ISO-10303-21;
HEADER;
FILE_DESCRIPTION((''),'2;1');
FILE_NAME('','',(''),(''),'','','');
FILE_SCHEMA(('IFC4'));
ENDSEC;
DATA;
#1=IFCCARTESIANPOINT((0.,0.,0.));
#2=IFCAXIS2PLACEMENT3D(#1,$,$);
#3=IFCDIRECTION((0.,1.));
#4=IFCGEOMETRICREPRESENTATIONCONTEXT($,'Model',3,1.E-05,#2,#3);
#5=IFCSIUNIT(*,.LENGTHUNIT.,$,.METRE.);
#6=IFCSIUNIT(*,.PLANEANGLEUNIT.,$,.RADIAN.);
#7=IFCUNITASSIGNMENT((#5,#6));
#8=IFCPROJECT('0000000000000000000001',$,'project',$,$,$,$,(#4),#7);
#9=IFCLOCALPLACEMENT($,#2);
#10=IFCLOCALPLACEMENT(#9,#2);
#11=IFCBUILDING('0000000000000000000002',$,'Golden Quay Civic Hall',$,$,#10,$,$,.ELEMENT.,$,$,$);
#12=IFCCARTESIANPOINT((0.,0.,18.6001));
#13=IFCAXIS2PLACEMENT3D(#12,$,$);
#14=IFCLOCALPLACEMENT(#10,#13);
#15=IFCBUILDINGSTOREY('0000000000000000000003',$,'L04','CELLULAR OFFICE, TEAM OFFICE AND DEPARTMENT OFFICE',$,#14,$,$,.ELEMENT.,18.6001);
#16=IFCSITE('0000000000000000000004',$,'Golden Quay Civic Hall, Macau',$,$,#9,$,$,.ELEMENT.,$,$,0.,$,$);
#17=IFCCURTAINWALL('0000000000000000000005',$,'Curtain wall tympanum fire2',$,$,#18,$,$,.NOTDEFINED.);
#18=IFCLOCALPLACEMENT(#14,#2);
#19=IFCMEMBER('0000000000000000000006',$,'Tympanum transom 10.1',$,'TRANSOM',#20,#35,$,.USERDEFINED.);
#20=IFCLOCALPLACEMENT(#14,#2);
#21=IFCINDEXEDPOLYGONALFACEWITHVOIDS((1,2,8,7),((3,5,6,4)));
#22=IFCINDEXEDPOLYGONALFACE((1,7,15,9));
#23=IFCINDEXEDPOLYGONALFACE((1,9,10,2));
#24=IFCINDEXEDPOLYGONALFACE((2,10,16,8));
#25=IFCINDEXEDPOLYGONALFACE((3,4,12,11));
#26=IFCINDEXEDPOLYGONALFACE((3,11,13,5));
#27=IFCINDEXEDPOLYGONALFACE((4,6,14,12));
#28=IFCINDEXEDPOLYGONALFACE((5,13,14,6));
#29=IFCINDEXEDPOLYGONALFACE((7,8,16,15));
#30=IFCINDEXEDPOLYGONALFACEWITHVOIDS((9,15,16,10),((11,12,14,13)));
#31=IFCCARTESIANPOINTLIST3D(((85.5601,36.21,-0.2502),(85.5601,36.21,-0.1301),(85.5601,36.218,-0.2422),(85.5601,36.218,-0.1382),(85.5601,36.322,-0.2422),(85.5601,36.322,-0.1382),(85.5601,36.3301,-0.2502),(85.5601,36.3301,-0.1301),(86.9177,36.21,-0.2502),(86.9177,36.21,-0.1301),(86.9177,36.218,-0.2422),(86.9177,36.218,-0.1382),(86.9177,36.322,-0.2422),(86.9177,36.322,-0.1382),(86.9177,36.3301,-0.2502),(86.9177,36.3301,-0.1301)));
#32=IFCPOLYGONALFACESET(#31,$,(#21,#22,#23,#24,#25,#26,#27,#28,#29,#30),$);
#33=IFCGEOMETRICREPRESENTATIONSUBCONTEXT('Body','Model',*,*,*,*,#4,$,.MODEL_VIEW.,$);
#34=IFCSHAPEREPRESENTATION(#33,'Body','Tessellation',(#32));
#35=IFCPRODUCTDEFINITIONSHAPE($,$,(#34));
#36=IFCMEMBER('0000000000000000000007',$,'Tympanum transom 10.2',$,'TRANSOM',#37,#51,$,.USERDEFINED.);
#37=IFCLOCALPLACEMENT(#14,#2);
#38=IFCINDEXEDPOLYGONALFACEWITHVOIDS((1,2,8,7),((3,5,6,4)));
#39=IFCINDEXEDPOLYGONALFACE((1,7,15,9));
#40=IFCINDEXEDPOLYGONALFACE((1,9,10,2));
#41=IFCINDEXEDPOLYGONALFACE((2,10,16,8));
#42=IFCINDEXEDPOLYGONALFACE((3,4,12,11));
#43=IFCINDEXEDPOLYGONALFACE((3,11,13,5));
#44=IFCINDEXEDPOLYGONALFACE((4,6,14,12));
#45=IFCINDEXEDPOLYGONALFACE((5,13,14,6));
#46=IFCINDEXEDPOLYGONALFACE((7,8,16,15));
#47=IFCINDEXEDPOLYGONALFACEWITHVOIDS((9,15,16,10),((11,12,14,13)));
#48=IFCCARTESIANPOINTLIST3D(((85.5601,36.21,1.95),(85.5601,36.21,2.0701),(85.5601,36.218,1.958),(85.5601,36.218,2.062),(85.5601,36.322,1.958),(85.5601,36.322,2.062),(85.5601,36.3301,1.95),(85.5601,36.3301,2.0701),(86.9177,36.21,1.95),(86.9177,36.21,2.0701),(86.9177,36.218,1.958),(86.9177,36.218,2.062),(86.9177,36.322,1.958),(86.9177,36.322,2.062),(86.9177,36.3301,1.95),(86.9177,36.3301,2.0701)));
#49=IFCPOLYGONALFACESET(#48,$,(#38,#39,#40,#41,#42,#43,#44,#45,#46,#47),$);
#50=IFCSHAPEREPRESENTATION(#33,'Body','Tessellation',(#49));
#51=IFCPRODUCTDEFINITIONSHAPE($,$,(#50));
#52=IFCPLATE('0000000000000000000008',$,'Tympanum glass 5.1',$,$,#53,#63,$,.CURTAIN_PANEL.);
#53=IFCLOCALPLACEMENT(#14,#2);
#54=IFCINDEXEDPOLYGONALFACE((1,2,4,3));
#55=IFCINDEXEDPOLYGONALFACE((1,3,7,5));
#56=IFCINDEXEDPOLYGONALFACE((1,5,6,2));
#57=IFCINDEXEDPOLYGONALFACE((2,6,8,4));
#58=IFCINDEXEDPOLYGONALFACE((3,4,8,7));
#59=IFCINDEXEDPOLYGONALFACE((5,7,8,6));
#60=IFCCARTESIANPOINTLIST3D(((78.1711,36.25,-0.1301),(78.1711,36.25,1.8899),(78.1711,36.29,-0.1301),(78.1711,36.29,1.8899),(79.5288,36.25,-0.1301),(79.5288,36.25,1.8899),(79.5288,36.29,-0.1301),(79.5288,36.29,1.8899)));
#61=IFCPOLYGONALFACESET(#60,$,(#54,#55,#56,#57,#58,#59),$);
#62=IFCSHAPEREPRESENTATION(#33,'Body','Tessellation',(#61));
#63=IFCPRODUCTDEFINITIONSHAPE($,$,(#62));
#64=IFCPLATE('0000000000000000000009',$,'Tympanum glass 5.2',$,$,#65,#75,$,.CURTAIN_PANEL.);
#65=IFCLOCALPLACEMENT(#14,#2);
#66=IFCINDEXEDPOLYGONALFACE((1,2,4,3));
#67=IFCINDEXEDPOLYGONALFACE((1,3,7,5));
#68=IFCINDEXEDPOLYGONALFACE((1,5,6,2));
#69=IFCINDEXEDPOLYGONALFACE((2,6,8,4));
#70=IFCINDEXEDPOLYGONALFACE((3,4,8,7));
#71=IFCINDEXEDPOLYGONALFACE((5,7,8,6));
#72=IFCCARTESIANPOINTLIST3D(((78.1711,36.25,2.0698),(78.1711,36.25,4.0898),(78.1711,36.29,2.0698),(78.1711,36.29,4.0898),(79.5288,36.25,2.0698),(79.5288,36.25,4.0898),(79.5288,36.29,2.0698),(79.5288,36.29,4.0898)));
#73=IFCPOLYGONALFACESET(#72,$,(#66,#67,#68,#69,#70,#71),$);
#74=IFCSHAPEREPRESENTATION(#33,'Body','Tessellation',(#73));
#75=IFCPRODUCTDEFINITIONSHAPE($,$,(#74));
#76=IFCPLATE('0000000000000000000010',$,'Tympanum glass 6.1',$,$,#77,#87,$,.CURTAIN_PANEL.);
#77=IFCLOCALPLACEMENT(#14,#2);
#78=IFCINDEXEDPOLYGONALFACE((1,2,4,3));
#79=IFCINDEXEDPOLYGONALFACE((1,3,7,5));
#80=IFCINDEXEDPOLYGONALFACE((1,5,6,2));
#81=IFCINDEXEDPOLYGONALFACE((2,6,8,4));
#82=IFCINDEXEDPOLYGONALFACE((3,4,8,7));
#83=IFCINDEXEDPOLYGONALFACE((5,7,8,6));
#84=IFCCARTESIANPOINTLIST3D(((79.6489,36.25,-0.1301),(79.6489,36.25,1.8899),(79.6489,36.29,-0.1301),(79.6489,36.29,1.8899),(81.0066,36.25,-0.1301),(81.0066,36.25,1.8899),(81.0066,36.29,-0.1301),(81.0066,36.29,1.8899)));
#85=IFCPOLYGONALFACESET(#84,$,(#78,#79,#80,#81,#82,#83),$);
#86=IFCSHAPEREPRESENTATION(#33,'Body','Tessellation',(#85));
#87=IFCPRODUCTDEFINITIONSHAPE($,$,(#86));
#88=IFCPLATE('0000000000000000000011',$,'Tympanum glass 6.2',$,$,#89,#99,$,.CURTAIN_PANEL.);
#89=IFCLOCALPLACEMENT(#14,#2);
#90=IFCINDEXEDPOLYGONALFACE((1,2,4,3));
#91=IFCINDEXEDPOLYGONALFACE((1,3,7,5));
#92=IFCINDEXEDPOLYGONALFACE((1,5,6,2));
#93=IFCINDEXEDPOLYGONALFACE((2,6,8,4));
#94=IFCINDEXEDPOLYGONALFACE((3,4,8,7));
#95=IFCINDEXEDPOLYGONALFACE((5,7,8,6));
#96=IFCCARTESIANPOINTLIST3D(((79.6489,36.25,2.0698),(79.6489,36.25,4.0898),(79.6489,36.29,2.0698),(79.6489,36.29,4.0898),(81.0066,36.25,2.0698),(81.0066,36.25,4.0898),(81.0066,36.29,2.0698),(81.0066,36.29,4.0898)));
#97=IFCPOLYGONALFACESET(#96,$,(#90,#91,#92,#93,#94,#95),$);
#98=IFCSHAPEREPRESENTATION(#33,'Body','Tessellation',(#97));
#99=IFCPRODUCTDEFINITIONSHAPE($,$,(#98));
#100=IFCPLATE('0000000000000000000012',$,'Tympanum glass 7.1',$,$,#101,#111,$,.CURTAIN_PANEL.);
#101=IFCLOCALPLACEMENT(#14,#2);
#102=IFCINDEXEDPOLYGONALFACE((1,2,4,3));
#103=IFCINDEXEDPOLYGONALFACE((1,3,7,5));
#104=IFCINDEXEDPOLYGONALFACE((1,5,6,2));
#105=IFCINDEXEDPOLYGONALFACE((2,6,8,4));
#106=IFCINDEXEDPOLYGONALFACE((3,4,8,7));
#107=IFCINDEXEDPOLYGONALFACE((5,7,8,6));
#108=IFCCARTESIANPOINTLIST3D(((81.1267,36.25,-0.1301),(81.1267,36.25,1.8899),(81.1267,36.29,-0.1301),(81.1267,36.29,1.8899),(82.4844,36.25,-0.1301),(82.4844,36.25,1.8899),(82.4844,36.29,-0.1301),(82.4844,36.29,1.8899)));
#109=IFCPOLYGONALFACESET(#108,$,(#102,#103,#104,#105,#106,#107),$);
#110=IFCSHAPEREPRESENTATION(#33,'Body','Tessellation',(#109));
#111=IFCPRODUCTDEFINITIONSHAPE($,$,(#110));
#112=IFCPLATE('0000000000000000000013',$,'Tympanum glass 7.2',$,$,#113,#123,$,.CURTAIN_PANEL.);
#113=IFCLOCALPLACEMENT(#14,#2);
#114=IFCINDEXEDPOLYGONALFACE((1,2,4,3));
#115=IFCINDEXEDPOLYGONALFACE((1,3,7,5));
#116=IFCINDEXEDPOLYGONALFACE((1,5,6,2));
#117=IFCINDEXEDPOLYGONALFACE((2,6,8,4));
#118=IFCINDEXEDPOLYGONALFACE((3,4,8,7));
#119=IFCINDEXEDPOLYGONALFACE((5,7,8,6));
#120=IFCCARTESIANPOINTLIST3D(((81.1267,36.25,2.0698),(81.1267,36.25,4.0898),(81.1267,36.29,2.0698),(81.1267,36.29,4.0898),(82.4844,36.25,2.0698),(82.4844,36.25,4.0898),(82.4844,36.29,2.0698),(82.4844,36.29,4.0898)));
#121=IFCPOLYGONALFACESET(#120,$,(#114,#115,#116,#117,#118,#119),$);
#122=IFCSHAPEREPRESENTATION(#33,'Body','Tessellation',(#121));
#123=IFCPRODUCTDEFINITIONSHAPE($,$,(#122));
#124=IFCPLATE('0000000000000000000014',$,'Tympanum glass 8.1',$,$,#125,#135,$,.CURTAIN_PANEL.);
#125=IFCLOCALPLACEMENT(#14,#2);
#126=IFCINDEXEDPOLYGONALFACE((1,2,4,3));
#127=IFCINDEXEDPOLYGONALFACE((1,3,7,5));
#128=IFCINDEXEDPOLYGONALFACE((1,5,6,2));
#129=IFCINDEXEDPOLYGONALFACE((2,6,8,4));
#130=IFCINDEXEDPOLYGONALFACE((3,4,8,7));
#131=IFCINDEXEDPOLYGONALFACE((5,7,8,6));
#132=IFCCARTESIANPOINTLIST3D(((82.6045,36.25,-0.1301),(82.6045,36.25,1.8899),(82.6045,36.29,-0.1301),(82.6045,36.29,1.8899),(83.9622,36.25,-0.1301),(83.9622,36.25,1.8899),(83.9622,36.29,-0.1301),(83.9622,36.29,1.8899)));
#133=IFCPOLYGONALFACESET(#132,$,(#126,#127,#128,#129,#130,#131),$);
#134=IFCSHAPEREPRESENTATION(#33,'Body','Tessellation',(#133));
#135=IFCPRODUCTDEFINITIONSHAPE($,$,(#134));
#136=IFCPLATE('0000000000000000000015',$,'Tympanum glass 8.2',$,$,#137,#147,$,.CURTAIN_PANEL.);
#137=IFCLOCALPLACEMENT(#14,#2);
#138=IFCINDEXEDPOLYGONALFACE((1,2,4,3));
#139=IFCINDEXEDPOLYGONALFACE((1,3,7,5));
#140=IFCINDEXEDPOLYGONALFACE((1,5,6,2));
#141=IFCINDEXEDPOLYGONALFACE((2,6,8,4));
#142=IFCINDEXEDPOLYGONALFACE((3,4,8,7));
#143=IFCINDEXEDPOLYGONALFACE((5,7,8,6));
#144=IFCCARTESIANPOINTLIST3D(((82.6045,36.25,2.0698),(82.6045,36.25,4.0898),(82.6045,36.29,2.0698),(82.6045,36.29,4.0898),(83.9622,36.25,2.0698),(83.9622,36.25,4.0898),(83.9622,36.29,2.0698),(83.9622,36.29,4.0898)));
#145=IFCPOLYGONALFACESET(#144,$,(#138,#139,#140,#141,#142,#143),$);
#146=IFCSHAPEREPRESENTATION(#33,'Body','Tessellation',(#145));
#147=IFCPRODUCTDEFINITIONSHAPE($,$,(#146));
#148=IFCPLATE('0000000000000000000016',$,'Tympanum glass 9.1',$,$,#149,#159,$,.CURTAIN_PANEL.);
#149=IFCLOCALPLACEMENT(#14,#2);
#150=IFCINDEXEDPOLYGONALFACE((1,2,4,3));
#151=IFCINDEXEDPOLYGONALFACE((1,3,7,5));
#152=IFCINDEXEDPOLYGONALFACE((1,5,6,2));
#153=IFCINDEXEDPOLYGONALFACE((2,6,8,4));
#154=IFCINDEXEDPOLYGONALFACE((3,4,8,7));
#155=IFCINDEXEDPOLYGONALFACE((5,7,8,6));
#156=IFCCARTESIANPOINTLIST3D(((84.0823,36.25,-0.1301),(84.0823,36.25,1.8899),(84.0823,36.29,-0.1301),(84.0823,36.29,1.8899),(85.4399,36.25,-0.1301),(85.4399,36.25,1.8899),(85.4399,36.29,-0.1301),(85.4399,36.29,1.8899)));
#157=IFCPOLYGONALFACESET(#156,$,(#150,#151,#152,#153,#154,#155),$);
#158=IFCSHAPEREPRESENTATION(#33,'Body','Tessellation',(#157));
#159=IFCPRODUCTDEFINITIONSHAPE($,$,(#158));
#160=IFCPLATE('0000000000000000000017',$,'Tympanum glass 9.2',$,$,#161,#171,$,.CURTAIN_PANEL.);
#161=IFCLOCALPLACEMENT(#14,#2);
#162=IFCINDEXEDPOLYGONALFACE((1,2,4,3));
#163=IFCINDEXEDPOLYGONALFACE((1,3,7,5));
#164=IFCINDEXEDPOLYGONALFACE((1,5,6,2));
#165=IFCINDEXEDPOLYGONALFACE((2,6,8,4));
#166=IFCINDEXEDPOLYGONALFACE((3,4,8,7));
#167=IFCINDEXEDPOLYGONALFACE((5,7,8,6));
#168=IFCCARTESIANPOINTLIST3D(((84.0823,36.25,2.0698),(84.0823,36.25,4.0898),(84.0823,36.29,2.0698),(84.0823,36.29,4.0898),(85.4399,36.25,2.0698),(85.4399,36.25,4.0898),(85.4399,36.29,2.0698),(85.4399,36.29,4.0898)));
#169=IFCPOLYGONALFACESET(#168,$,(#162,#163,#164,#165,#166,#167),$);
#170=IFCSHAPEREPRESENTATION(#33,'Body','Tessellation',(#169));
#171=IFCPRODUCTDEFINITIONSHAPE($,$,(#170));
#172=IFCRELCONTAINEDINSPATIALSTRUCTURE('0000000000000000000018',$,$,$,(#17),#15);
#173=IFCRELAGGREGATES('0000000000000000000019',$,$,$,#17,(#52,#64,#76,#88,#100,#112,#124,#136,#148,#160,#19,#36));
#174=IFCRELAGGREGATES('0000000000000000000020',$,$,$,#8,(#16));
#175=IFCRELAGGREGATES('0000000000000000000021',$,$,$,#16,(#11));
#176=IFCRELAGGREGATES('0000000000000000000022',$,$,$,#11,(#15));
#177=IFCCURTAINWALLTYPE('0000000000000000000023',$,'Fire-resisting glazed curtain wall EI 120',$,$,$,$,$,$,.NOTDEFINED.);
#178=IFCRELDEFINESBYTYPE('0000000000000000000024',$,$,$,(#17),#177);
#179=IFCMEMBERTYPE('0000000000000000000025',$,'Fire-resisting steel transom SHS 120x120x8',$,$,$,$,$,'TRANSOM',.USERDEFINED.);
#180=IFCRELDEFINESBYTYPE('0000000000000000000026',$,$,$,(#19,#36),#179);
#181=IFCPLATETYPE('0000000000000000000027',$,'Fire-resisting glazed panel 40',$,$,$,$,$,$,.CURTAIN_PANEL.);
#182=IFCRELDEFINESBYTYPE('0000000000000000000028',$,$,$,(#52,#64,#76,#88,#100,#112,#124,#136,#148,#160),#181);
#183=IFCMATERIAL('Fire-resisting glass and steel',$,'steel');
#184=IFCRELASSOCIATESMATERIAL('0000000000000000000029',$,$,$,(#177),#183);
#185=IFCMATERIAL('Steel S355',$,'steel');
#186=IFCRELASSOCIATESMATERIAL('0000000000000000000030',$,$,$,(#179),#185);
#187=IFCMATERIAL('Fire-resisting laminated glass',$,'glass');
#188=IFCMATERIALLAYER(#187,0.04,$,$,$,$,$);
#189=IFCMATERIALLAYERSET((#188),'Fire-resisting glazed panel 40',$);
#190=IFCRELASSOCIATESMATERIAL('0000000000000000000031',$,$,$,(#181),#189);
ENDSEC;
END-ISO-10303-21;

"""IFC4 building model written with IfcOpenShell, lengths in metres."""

from ifc_helpers import new_model, si_unit, direction, frame, origin, origin_2d, place, context, subcontext, project, spatial, polyline, hollow_rectangle, outline, extrude, material, layer, layer_set, material_profile, profile_set, type_object, element, aggregate, save


model = new_model("IFC4")

# Units and contexts
model_context = context("Model", 3, precision=1e-05, world=origin(), true_north=direction((0.0, 1.0)))
body_context = subcontext(model_context, "Body", "Model", "MODEL_VIEW")
ifc_project = project(units=[si_unit("LENGTHUNIT", "METRE"), si_unit("PLANEANGLEUNIT", "RADIAN")], contexts=[model_context])

# Site, building, storey
site_placement = place(None, origin())
site = spatial("IfcSite", under=ifc_project, at=site_placement, Name="Golden Quay Civic Hall, Macau", CompositionType="ELEMENT", RefElevation=0.0)
building_placement = place(site_placement, origin())
building = spatial("IfcBuilding", under=site, at=building_placement, Name="Golden Quay Civic Hall", CompositionType="ELEMENT")
storey_placement = place(building_placement, frame((0.0, 0.0, 18.6001)))
storey = spatial("IfcBuildingStorey", under=building, at=storey_placement, Name="L04", Description="CELLULAR OFFICE, TEAM OFFICE AND DEPARTMENT OFFICE", CompositionType="ELEMENT", Elevation=18.6001)

# Curtain wall, members, plates
ifc_material_1 = material(Name="Fire-resisting glass and steel", Category="steel")
curtain_wall_type = type_object("IfcCurtainWallType", Name="Fire-resisting glazed curtain wall EI 120", PredefinedType="NOTDEFINED", material=ifc_material_1)
curtain_wall_placement = place(storey_placement, origin())
curtain_wall = element("IfcCurtainWall", 1, at=curtain_wall_placement, inside=storey, type_object=curtain_wall_type, Name="Curtain wall tympanum fire2", PredefinedType="NOTDEFINED")
ifc_material_2 = material(Name="Steel S355", Category="steel")
ifc_material_profile_1 = material_profile(ifc_material_2, hollow_rectangle(XDim=0.1201, YDim=0.1201, WallThickness=0.0081, at=origin_2d()), Name="SHS 120x120x8")
ifc_profile_set_1 = profile_set([ifc_material_profile_1], Name="Steel S355")
member_type_1 = type_object("IfcMemberType", Name="Fire-resisting steel transom SHS 120x120x8", ElementType="TRANSOM", PredefinedType="USERDEFINED", material=ifc_profile_set_1)
member_1_placement = place(storey_placement, frame((85.5601, 36.27, -0.1902), z_axis=(1.0, 0.0, 0.0), x_axis=(0.0, 1.0, 0.0)))
member_1 = element("IfcMember", 2, at=member_1_placement, type_object=member_type_1, Name="Tympanum transom 10.1", ObjectType="TRANSOM", PredefinedType="USERDEFINED", context=body_context, shape_type="SweptSolid", body=[
    extrude(hollow_rectangle(XDim=0.1201, YDim=0.1201, WallThickness=0.0081, at=origin_2d()), origin(), (0.0, 0.0, 1.0), 1.3577),
])
member_2_placement = place(storey_placement, frame((85.5601, 36.27, 2.01), z_axis=(1.0, 0.0, 0.0), x_axis=(0.0, 1.0, 0.0)))
member_2 = element("IfcMember", 3, at=member_2_placement, type_object=member_type_1, Name="Tympanum transom 10.2", ObjectType="TRANSOM", PredefinedType="USERDEFINED", context=body_context, shape_type="SweptSolid", body=[
    extrude(hollow_rectangle(XDim=0.1201, YDim=0.1201, WallThickness=0.0081, at=origin_2d()), origin(), (0.0, 0.0, 1.0), 1.3577),
])
ifc_material_3 = material(Name="Fire-resisting laminated glass", Category="glass")
ifc_layer = layer(ifc_material_3, 0.04)
ifc_layer_set = layer_set([ifc_layer], Name="Fire-resisting glazed panel 40")
plate_type = type_object("IfcPlateType", Name="Fire-resisting glazed panel 40", PredefinedType="CURTAIN_PANEL", material=ifc_layer_set)
plate_1_placement = place(storey_placement, frame((79.5288, 36.29, -0.1301), z_axis=(0.0, 1.0, 0.0), x_axis=(-1.0, 0.0, 0.0)))
plate_1 = element("IfcPlate", 4, at=plate_1_placement, type_object=plate_type, Name="Tympanum glass 5.1", PredefinedType="CURTAIN_PANEL", context=body_context, shape_type="SweptSolid", body=[
    extrude(outline(polyline([(0.0, 0.0), (1.3577, 0.0), (1.3577, 2.02), (0.0, 2.02), (0.0, 0.0)])), origin(), (0.0, 0.0, -1.0), 0.04),
])
plate_2_placement = place(storey_placement, frame((79.5288, 36.29, 2.0698), z_axis=(0.0, 1.0, 0.0), x_axis=(-1.0, 0.0, 0.0)))
plate_2 = element("IfcPlate", 5, at=plate_2_placement, type_object=plate_type, Name="Tympanum glass 5.2", PredefinedType="CURTAIN_PANEL", context=body_context, shape_type="SweptSolid", body=[
    extrude(outline(polyline([(0.0, 0.0), (1.3577, 0.0), (1.3577, 2.02), (0.0, 2.02), (0.0, 0.0)])), origin(), (0.0, 0.0, -1.0), 0.04),
])
plate_3_placement = place(storey_placement, frame((81.0066, 36.29, -0.1301), z_axis=(0.0, 1.0, 0.0), x_axis=(-1.0, 0.0, 0.0)))
plate_3 = element("IfcPlate", 6, at=plate_3_placement, type_object=plate_type, Name="Tympanum glass 6.1", PredefinedType="CURTAIN_PANEL", context=body_context, shape_type="SweptSolid", body=[
    extrude(outline(polyline([(0.0, 0.0), (1.3577, 0.0), (1.3577, 2.02), (0.0, 2.02), (0.0, 0.0)])), origin(), (0.0, 0.0, -1.0), 0.04),
])
plate_4_placement = place(storey_placement, frame((81.0066, 36.29, 2.0698), z_axis=(0.0, 1.0, 0.0), x_axis=(-1.0, 0.0, 0.0)))
plate_4 = element("IfcPlate", 7, at=plate_4_placement, type_object=plate_type, Name="Tympanum glass 6.2", PredefinedType="CURTAIN_PANEL", context=body_context, shape_type="SweptSolid", body=[
    extrude(outline(polyline([(0.0, 0.0), (1.3577, 0.0), (1.3577, 2.02), (0.0, 2.02), (0.0, 0.0)])), origin(), (0.0, 0.0, -1.0), 0.04),
])
plate_5_placement = place(storey_placement, frame((82.4844, 36.29, -0.1301), z_axis=(0.0, 1.0, 0.0), x_axis=(-1.0, 0.0, 0.0)))
plate_5 = element("IfcPlate", 8, at=plate_5_placement, type_object=plate_type, Name="Tympanum glass 7.1", PredefinedType="CURTAIN_PANEL", context=body_context, shape_type="SweptSolid", body=[
    extrude(outline(polyline([(0.0, 0.0), (1.3577, 0.0), (1.3577, 2.02), (0.0, 2.02), (0.0, 0.0)])), origin(), (0.0, 0.0, -1.0), 0.04),
])
plate_6_placement = place(storey_placement, frame((82.4844, 36.29, 2.0698), z_axis=(0.0, 1.0, 0.0), x_axis=(-1.0, 0.0, 0.0)))
plate_6 = element("IfcPlate", 9, at=plate_6_placement, type_object=plate_type, Name="Tympanum glass 7.2", PredefinedType="CURTAIN_PANEL", context=body_context, shape_type="SweptSolid", body=[
    extrude(outline(polyline([(0.0, 0.0), (1.3577, 0.0), (1.3577, 2.02), (0.0, 2.02), (0.0, 0.0)])), origin(), (0.0, 0.0, -1.0), 0.04),
])
plate_7_placement = place(storey_placement, frame((83.9622, 36.29, -0.1301), z_axis=(0.0, 1.0, 0.0), x_axis=(-1.0, 0.0, 0.0)))
plate_7 = element("IfcPlate", 10, at=plate_7_placement, type_object=plate_type, Name="Tympanum glass 8.1", PredefinedType="CURTAIN_PANEL", context=body_context, shape_type="SweptSolid", body=[
    extrude(outline(polyline([(0.0, 0.0), (1.3577, 0.0), (1.3577, 2.02), (0.0, 2.02), (0.0, 0.0)])), origin(), (0.0, 0.0, -1.0), 0.04),
])
plate_8_placement = place(storey_placement, frame((83.9622, 36.29, 2.0698), z_axis=(0.0, 1.0, 0.0), x_axis=(-1.0, 0.0, 0.0)))
plate_8 = element("IfcPlate", 11, at=plate_8_placement, type_object=plate_type, Name="Tympanum glass 8.2", PredefinedType="CURTAIN_PANEL", context=body_context, shape_type="SweptSolid", body=[
    extrude(outline(polyline([(0.0, 0.0), (1.3577, 0.0), (1.3577, 2.02), (0.0, 2.02), (0.0, 0.0)])), origin(), (0.0, 0.0, -1.0), 0.04),
])
plate_9_placement = place(storey_placement, frame((85.4399, 36.29, -0.1301), z_axis=(0.0, 1.0, 0.0), x_axis=(-1.0, 0.0, 0.0)))
plate_9 = element("IfcPlate", 12, at=plate_9_placement, type_object=plate_type, Name="Tympanum glass 9.1", PredefinedType="CURTAIN_PANEL", context=body_context, shape_type="SweptSolid", body=[
    extrude(outline(polyline([(0.0, 0.0), (1.3577, 0.0), (1.3577, 2.02), (0.0, 2.02), (0.0, 0.0)])), origin(), (0.0, 0.0, -1.0), 0.04),
])
plate_10_placement = place(storey_placement, frame((85.4399, 36.29, 2.0698), z_axis=(0.0, 1.0, 0.0), x_axis=(-1.0, 0.0, 0.0)))
plate_10 = element("IfcPlate", 13, at=plate_10_placement, type_object=plate_type, Name="Tympanum glass 9.2", PredefinedType="CURTAIN_PANEL", context=body_context, shape_type="SweptSolid", body=[
    extrude(outline(polyline([(0.0, 0.0), (1.3577, 0.0), (1.3577, 2.02), (0.0, 2.02), (0.0, 0.0)])), origin(), (0.0, 0.0, -1.0), 0.04),
])
aggregate(curtain_wall, [plate_1, plate_2, plate_3, plate_4, plate_5, plate_6, plate_7, plate_8, plate_9, plate_10, member_1, member_2])

save(model, "model.ifc")
